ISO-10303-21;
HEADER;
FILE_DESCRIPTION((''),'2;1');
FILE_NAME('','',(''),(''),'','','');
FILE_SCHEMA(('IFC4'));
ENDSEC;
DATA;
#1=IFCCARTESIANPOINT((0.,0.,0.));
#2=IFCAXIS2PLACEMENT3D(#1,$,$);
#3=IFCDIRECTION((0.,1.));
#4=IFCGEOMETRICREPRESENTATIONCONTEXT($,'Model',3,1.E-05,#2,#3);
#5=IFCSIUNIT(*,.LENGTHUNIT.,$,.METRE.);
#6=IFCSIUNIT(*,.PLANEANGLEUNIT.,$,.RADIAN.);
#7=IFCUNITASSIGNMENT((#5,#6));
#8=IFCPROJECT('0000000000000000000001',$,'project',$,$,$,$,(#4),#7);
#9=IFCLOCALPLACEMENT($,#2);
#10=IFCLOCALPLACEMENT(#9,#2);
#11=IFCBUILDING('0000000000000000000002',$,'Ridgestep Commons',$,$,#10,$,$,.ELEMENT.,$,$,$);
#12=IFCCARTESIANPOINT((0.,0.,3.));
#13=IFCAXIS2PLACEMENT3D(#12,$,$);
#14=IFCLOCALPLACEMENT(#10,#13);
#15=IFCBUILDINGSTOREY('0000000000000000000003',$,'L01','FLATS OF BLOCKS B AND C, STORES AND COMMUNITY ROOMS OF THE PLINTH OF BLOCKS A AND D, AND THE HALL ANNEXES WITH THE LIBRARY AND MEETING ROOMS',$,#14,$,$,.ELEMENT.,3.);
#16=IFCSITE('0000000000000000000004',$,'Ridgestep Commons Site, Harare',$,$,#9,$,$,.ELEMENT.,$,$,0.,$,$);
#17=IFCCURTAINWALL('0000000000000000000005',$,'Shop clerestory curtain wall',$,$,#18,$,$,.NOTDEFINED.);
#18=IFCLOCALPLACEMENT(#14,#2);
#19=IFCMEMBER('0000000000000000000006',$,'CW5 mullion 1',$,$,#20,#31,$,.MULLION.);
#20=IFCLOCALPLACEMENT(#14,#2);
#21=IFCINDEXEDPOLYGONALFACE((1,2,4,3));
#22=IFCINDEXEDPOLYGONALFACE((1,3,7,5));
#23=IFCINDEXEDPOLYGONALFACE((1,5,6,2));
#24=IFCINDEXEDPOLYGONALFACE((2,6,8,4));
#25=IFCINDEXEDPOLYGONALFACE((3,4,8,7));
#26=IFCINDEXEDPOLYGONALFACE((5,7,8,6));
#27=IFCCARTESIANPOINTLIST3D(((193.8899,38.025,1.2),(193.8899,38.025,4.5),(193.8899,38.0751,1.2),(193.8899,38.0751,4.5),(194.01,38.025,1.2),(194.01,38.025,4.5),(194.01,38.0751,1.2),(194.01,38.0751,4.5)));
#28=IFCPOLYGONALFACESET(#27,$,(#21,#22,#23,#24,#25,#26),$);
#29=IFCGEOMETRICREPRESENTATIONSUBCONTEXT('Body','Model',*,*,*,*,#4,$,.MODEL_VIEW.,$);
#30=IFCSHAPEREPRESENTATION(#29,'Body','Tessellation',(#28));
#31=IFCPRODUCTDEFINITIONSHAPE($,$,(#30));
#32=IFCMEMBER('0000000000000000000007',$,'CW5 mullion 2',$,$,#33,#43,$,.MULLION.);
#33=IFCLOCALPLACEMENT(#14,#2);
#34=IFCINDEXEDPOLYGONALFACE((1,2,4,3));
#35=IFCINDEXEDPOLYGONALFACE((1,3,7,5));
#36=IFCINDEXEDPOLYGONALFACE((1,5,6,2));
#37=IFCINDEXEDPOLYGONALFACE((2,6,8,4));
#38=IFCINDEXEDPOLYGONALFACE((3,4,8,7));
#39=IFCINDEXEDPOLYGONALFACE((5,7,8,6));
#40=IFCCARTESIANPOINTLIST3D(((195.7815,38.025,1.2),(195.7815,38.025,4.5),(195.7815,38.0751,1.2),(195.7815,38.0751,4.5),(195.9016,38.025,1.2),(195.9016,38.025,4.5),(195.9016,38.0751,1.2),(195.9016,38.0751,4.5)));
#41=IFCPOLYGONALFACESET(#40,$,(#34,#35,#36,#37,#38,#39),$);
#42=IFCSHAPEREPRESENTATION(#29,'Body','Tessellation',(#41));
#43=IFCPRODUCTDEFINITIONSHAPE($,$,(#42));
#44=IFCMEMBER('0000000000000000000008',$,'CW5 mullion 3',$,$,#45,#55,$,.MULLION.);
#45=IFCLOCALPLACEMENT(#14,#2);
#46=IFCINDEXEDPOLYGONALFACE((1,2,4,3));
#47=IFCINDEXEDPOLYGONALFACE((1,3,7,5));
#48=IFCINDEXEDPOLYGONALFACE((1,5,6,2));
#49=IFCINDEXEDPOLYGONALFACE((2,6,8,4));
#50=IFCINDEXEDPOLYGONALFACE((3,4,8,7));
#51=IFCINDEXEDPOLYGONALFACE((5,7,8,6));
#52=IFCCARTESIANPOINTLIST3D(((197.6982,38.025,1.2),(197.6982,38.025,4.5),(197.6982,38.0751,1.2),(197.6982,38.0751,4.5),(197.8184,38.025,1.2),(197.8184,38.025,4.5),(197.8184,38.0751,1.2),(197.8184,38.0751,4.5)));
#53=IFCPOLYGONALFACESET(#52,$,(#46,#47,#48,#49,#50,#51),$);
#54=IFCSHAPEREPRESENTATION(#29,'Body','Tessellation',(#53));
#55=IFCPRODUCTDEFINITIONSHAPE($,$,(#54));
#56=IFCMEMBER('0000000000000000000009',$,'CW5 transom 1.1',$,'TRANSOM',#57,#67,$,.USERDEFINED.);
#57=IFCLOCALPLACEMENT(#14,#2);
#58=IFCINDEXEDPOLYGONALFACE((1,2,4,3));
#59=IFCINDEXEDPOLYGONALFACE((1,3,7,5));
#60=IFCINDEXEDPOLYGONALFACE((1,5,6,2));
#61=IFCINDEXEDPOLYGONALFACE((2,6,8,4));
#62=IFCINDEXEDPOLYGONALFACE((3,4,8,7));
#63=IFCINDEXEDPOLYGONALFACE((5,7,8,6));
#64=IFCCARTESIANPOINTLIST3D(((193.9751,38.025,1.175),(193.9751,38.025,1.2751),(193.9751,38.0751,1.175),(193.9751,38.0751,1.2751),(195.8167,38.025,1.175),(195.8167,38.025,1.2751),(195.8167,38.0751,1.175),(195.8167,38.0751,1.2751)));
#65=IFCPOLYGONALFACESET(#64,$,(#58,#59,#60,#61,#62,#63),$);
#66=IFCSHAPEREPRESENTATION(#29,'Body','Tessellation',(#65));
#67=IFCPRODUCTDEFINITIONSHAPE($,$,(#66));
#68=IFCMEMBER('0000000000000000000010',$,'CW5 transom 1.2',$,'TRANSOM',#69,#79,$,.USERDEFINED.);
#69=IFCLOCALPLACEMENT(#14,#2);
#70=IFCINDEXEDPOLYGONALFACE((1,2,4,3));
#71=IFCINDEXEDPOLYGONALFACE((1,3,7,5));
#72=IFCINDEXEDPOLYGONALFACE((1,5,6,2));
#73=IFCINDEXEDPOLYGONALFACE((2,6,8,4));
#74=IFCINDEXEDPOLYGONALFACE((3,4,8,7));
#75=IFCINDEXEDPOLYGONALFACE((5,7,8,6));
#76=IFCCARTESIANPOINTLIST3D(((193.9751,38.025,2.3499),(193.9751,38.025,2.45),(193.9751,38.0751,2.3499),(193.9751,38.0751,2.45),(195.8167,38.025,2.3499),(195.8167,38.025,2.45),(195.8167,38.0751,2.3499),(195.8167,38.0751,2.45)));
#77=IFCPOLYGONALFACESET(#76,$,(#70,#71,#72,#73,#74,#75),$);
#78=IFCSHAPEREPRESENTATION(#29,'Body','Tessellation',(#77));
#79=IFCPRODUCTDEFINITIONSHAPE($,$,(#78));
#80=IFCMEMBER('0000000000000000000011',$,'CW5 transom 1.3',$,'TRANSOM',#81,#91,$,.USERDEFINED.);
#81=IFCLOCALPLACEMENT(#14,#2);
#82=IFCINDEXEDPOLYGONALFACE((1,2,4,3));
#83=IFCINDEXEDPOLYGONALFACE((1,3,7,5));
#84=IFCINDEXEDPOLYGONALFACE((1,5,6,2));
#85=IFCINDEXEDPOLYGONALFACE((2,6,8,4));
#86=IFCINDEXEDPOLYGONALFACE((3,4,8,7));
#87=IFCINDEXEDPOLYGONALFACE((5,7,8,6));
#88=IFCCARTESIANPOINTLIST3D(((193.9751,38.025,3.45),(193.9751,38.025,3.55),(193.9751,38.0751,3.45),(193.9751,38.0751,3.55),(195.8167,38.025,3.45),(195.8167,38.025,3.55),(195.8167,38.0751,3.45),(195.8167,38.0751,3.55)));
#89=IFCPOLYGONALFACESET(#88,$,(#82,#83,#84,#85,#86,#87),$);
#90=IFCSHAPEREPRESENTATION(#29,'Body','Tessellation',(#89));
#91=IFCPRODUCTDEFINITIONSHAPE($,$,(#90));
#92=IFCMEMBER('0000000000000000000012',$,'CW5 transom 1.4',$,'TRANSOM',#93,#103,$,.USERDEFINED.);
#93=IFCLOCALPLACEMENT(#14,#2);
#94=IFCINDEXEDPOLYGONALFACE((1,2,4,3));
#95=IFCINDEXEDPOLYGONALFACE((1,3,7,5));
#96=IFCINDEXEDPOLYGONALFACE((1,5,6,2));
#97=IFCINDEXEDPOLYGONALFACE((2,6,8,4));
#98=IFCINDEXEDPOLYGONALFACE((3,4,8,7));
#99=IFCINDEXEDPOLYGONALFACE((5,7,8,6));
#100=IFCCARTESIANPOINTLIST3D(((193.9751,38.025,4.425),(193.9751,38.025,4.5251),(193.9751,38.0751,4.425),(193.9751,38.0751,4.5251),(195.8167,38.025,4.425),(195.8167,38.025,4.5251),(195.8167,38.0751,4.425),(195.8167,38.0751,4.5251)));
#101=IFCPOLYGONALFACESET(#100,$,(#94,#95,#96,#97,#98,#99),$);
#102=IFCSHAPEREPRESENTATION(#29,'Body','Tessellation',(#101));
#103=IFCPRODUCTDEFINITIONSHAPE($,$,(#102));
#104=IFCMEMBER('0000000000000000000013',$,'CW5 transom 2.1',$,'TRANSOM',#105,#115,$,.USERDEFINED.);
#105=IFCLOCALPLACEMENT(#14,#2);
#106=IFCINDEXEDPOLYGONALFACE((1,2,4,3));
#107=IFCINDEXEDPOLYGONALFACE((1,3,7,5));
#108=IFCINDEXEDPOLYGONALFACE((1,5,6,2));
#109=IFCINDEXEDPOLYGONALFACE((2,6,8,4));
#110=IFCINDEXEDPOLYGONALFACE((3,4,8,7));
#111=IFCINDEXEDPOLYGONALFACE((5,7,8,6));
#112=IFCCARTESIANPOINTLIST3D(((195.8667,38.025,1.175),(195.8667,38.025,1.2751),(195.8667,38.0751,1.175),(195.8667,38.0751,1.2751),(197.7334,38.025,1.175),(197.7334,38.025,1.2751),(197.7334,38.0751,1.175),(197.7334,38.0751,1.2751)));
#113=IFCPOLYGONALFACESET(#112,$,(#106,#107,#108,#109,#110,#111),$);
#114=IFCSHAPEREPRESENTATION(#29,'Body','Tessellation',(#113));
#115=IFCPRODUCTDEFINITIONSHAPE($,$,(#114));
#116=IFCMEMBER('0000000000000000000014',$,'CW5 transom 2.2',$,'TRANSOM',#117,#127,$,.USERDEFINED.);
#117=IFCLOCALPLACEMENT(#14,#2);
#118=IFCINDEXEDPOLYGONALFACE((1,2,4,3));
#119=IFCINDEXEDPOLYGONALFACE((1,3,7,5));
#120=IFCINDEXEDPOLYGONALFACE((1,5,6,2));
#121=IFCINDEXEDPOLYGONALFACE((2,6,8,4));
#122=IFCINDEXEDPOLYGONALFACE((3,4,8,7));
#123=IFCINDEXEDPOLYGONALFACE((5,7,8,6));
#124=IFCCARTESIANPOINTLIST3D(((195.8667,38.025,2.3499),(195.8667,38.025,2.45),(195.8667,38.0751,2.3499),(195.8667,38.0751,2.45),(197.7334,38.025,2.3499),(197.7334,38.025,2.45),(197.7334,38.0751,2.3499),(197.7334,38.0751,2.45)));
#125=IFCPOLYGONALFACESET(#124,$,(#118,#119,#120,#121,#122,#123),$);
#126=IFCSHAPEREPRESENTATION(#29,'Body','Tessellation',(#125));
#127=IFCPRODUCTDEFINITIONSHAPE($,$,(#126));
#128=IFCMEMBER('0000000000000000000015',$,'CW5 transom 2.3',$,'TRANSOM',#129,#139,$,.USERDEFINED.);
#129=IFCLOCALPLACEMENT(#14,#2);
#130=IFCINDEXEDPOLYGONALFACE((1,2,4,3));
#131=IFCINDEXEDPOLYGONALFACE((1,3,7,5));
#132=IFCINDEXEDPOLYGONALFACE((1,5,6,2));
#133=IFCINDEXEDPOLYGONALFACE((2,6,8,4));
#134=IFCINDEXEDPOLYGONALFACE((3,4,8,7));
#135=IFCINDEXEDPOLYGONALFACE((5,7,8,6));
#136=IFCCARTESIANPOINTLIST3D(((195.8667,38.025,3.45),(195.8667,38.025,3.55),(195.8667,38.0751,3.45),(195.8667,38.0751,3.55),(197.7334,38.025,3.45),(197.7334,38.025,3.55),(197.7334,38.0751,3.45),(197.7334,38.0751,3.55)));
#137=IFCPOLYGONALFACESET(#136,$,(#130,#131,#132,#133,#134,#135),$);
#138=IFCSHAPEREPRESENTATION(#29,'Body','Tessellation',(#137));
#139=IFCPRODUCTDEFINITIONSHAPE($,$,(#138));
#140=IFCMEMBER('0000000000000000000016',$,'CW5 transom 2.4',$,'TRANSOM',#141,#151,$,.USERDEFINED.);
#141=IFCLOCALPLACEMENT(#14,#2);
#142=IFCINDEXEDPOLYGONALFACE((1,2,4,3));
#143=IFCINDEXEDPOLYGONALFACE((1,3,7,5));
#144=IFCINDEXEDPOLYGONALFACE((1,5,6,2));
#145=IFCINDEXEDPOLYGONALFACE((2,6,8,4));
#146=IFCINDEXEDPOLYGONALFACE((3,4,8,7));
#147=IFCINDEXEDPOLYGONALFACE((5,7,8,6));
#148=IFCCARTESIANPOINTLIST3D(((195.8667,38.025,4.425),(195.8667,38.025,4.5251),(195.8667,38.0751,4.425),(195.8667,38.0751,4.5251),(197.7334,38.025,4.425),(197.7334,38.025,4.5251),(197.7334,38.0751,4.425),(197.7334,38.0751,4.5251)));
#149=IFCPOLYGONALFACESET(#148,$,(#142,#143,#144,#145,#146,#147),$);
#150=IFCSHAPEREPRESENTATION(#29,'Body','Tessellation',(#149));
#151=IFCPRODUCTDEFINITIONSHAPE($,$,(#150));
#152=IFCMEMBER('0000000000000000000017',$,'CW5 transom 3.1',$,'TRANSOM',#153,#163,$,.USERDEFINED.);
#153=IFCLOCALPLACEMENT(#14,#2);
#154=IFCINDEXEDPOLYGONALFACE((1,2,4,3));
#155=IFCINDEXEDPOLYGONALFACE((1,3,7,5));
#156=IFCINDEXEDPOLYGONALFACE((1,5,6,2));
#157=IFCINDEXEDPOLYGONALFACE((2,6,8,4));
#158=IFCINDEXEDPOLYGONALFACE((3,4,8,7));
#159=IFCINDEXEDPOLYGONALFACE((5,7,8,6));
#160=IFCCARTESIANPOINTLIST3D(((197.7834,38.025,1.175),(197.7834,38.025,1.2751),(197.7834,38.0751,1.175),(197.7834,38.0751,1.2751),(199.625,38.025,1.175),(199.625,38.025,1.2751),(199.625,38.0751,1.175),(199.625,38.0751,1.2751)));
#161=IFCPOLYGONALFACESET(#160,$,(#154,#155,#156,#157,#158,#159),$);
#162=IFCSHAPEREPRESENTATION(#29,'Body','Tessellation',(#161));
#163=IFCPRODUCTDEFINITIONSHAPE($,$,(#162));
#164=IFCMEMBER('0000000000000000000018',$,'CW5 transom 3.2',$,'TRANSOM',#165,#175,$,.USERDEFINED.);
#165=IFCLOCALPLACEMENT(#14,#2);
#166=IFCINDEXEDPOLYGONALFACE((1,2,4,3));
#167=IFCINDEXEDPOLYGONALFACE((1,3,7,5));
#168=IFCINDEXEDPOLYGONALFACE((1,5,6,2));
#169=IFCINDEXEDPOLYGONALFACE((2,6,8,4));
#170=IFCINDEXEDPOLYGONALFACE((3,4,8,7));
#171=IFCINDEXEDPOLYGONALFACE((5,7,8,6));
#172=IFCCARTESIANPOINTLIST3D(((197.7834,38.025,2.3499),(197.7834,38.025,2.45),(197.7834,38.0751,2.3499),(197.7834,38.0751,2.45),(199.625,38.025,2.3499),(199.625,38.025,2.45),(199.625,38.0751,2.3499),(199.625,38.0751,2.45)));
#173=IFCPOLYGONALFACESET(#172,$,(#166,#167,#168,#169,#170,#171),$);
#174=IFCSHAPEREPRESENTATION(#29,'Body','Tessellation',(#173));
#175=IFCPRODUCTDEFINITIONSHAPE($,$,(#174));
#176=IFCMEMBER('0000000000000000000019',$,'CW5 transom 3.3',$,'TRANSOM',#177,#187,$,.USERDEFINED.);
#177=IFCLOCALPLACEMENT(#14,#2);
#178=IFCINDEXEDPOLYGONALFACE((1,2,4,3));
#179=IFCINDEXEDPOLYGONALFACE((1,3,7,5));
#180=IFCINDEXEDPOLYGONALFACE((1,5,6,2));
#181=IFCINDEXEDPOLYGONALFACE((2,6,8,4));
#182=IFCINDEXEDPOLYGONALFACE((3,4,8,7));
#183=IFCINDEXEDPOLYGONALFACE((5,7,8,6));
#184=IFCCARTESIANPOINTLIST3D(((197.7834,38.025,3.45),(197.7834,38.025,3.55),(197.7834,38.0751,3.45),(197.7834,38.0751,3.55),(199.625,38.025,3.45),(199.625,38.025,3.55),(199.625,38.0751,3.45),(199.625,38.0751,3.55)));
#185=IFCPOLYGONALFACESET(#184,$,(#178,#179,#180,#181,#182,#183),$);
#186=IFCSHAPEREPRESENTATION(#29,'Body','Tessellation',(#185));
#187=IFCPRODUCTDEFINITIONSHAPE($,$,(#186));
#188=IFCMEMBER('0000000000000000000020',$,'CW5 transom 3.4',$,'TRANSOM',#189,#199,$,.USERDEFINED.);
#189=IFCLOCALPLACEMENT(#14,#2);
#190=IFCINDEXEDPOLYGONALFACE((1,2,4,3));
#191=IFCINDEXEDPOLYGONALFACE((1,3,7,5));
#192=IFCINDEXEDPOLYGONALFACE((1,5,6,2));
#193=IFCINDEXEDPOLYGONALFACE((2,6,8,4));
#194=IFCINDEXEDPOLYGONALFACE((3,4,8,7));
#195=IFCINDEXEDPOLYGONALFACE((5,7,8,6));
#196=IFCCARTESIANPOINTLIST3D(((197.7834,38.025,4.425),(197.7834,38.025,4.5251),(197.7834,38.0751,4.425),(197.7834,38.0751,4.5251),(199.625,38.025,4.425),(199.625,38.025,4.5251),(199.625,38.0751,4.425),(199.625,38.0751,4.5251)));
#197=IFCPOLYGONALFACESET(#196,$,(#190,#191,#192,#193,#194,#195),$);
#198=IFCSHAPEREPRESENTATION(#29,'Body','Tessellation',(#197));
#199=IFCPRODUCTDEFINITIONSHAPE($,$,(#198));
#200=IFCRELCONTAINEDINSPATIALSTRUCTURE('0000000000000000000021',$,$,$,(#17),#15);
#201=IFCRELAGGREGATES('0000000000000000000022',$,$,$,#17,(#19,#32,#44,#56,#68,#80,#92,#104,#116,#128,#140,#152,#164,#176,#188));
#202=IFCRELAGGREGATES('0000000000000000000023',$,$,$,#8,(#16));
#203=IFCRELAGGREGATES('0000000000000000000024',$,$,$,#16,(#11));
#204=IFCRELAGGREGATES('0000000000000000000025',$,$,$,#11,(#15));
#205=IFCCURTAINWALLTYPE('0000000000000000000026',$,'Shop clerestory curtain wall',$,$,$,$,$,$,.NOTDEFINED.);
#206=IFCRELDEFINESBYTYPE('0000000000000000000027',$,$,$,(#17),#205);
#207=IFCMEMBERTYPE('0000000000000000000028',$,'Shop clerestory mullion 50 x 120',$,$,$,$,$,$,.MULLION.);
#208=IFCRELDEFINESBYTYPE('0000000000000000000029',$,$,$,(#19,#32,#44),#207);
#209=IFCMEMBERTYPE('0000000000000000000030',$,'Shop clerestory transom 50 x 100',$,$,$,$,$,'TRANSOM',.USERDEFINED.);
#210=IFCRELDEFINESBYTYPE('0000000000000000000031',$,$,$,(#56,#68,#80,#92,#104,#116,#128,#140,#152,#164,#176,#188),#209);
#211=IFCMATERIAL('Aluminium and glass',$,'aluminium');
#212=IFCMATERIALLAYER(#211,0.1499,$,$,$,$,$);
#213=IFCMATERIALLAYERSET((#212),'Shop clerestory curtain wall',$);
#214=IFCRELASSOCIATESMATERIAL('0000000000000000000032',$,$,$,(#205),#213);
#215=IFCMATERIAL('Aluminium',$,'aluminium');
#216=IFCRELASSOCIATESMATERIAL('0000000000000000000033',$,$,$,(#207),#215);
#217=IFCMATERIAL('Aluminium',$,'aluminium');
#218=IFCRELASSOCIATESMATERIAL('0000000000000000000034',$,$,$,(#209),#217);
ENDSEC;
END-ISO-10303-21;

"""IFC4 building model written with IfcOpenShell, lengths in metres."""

from ifc_helpers import new_model, si_unit, direction, frame, origin, origin_2d, place, context, subcontext, project, spatial, rectangle, extrude, material, layer, layer_set, material_profile, profile_set, type_object, element, aggregate, save


model = new_model("IFC4")

# Units and contexts
model_context = context("Model", 3, precision=1e-05, world=origin(), true_north=direction((0.0, 1.0)))
body_context = subcontext(model_context, "Body", "Model", "MODEL_VIEW")
ifc_project = project(units=[si_unit("LENGTHUNIT", "METRE"), si_unit("PLANEANGLEUNIT", "RADIAN")], contexts=[model_context])

# Site, building, storey
site_placement = place(None, origin())
site = spatial("IfcSite", under=ifc_project, at=site_placement, Name="Ridgestep Commons Site, Harare", CompositionType="ELEMENT", RefElevation=0.0)
building_placement = place(site_placement, origin())
building = spatial("IfcBuilding", under=site, at=building_placement, Name="Ridgestep Commons", CompositionType="ELEMENT")
storey_placement = place(building_placement, frame((0.0, 0.0, 3.0)))
storey = spatial("IfcBuildingStorey", under=building, at=storey_placement, Name="L01", Description="FLATS OF BLOCKS B AND C, STORES AND COMMUNITY ROOMS OF THE PLINTH OF BLOCKS A AND D, AND THE HALL ANNEXES WITH THE LIBRARY AND MEETING ROOMS", CompositionType="ELEMENT", Elevation=3.0)

# Curtain wall, members
ifc_material_1 = material(Name="Aluminium and glass", Category="aluminium")
ifc_layer_1 = layer(ifc_material_1, 0.1499)
ifc_layer_set_1 = layer_set([ifc_layer_1], Name="Shop clerestory curtain wall")
curtain_wall_type = type_object("IfcCurtainWallType", Name="Shop clerestory curtain wall", PredefinedType="NOTDEFINED", material=ifc_layer_set_1)
curtain_wall_placement = place(storey_placement, origin())
curtain_wall = element("IfcCurtainWall", 1, at=curtain_wall_placement, inside=storey, type_object=curtain_wall_type, Name="Shop clerestory curtain wall", PredefinedType="NOTDEFINED")
ifc_material_2 = material(Name="Aluminium", Category="aluminium")
ifc_material_profile_1 = material_profile(ifc_material_2, rectangle(XDim=0.05, YDim=0.1201, at=origin_2d()), Name="Shop clerestory mullion 50 x 120")
ifc_profile_set_1 = profile_set([ifc_material_profile_1], Name="Aluminium")
member_type_1 = type_object("IfcMemberType", Name="Shop clerestory mullion 50 x 120", PredefinedType="MULLION", material=ifc_profile_set_1)
member_1_placement = place(storey_placement, frame((193.95, 38.05, 1.2), z_axis=(0.0, 0.0, 1.0), x_axis=(0.0, 1.0, 0.0)))
member_1 = element("IfcMember", 2, at=member_1_placement, type_object=member_type_1, Name="CW5 mullion 1", PredefinedType="MULLION", context=body_context, shape_type="SweptSolid", body=[
    extrude(rectangle(XDim=0.05, YDim=0.1201, at=origin_2d()), origin(), (0.0, 0.0, 1.0), 3.3),
])
member_2_placement = place(storey_placement, frame((195.8416, 38.05, 1.2), z_axis=(0.0, 0.0, 1.0), x_axis=(0.0, 1.0, 0.0)))
member_2 = element("IfcMember", 3, at=member_2_placement, type_object=member_type_1, Name="CW5 mullion 2", PredefinedType="MULLION", context=body_context, shape_type="SweptSolid", body=[
    extrude(rectangle(XDim=0.05, YDim=0.1201, at=origin_2d()), origin(), (0.0, 0.0, 1.0), 3.3),
])
member_3_placement = place(storey_placement, frame((197.7583, 38.05, 1.2), z_axis=(0.0, 0.0, 1.0), x_axis=(0.0, 1.0, 0.0)))
member_3 = element("IfcMember", 4, at=member_3_placement, type_object=member_type_1, Name="CW5 mullion 3", PredefinedType="MULLION", context=body_context, shape_type="SweptSolid", body=[
    extrude(rectangle(XDim=0.05, YDim=0.1201, at=origin_2d()), origin(), (0.0, 0.0, 1.0), 3.3),
])
ifc_material_3 = material(Name="Aluminium", Category="aluminium")
ifc_material_profile_2 = material_profile(ifc_material_3, rectangle(XDim=0.05, YDim=0.1001, at=origin_2d()), Name="Shop clerestory transom 50 x 100")
ifc_profile_set_2 = profile_set([ifc_material_profile_2], Name="Aluminium")
member_type_2 = type_object("IfcMemberType", Name="Shop clerestory transom 50 x 100", ElementType="TRANSOM", PredefinedType="USERDEFINED", material=ifc_profile_set_2)
member_4_placement = place(storey_placement, frame((193.9751, 38.05, 1.2251), z_axis=(1.0, 0.0, 0.0), x_axis=(0.0, 1.0, 0.0)))
member_4 = element("IfcMember", 5, at=member_4_placement, type_object=member_type_2, Name="CW5 transom 1.1", ObjectType="TRANSOM", PredefinedType="USERDEFINED", context=body_context, shape_type="SweptSolid", body=[
    extrude(rectangle(XDim=0.05, YDim=0.1001, at=origin_2d()), origin(), (0.0, 0.0, 1.0), 1.8416),
])
member_5_placement = place(storey_placement, frame((193.9751, 38.05, 2.3999), z_axis=(1.0, 0.0, 0.0), x_axis=(0.0, 1.0, 0.0)))
member_5 = element("IfcMember", 6, at=member_5_placement, type_object=member_type_2, Name="CW5 transom 1.2", ObjectType="TRANSOM", PredefinedType="USERDEFINED", context=body_context, shape_type="SweptSolid", body=[
    extrude(rectangle(XDim=0.05, YDim=0.1001, at=origin_2d()), origin(), (0.0, 0.0, 1.0), 1.8416),
])
member_6_placement = place(storey_placement, frame((193.9751, 38.05, 3.5), z_axis=(1.0, 0.0, 0.0), x_axis=(0.0, 1.0, 0.0)))
member_6 = element("IfcMember", 7, at=member_6_placement, type_object=member_type_2, Name="CW5 transom 1.3", ObjectType="TRANSOM", PredefinedType="USERDEFINED", context=body_context, shape_type="SweptSolid", body=[
    extrude(rectangle(XDim=0.05, YDim=0.1001, at=origin_2d()), origin(), (0.0, 0.0, 1.0), 1.8416),
])
member_7_placement = place(storey_placement, frame((193.9751, 38.05, 4.4751), z_axis=(1.0, 0.0, 0.0), x_axis=(0.0, 1.0, 0.0)))
member_7 = element("IfcMember", 8, at=member_7_placement, type_object=member_type_2, Name="CW5 transom 1.4", ObjectType="TRANSOM", PredefinedType="USERDEFINED", context=body_context, shape_type="SweptSolid", body=[
    extrude(rectangle(XDim=0.05, YDim=0.1001, at=origin_2d()), origin(), (0.0, 0.0, 1.0), 1.8416),
])
member_8_placement = place(storey_placement, frame((195.8667, 38.05, 1.2251), z_axis=(1.0, 0.0, 0.0), x_axis=(0.0, 1.0, 0.0)))
member_8 = element("IfcMember", 9, at=member_8_placement, type_object=member_type_2, Name="CW5 transom 2.1", ObjectType="TRANSOM", PredefinedType="USERDEFINED", context=body_context, shape_type="SweptSolid", body=[
    extrude(rectangle(XDim=0.05, YDim=0.1001, at=origin_2d()), origin(), (0.0, 0.0, 1.0), 1.8667),
])
member_9_placement = place(storey_placement, frame((195.8667, 38.05, 2.3999), z_axis=(1.0, 0.0, 0.0), x_axis=(0.0, 1.0, 0.0)))
member_9 = element("IfcMember", 10, at=member_9_placement, type_object=member_type_2, Name="CW5 transom 2.2", ObjectType="TRANSOM", PredefinedType="USERDEFINED", context=body_context, shape_type="SweptSolid", body=[
    extrude(rectangle(XDim=0.05, YDim=0.1001, at=origin_2d()), origin(), (0.0, 0.0, 1.0), 1.8667),
])
member_10_placement = place(storey_placement, frame((195.8667, 38.05, 3.5), z_axis=(1.0, 0.0, 0.0), x_axis=(0.0, 1.0, 0.0)))
member_10 = element("IfcMember", 11, at=member_10_placement, type_object=member_type_2, Name="CW5 transom 2.3", ObjectType="TRANSOM", PredefinedType="USERDEFINED", context=body_context, shape_type="SweptSolid", body=[
    extrude(rectangle(XDim=0.05, YDim=0.1001, at=origin_2d()), origin(), (0.0, 0.0, 1.0), 1.8667),
])
member_11_placement = place(storey_placement, frame((195.8667, 38.05, 4.4751), z_axis=(1.0, 0.0, 0.0), x_axis=(0.0, 1.0, 0.0)))
member_11 = element("IfcMember", 12, at=member_11_placement, type_object=member_type_2, Name="CW5 transom 2.4", ObjectType="TRANSOM", PredefinedType="USERDEFINED", context=body_context, shape_type="SweptSolid", body=[
    extrude(rectangle(XDim=0.05, YDim=0.1001, at=origin_2d()), origin(), (0.0, 0.0, 1.0), 1.8667),
])
member_12_placement = place(storey_placement, frame((197.7834, 38.05, 1.2251), z_axis=(1.0, 0.0, 0.0), x_axis=(0.0, 1.0, 0.0)))
member_12 = element("IfcMember", 13, at=member_12_placement, type_object=member_type_2, Name="CW5 transom 3.1", ObjectType="TRANSOM", PredefinedType="USERDEFINED", context=body_context, shape_type="SweptSolid", body=[
    extrude(rectangle(XDim=0.05, YDim=0.1001, at=origin_2d()), origin(), (0.0, 0.0, 1.0), 1.8416),
])
member_13_placement = place(storey_placement, frame((197.7834, 38.05, 2.3999), z_axis=(1.0, 0.0, 0.0), x_axis=(0.0, 1.0, 0.0)))
member_13 = element("IfcMember", 14, at=member_13_placement, type_object=member_type_2, Name="CW5 transom 3.2", ObjectType="TRANSOM", PredefinedType="USERDEFINED", context=body_context, shape_type="SweptSolid", body=[
    extrude(rectangle(XDim=0.05, YDim=0.1001, at=origin_2d()), origin(), (0.0, 0.0, 1.0), 1.8416),
])
member_14_placement = place(storey_placement, frame((197.7834, 38.05, 3.5), z_axis=(1.0, 0.0, 0.0), x_axis=(0.0, 1.0, 0.0)))
member_14 = element("IfcMember", 15, at=member_14_placement, type_object=member_type_2, Name="CW5 transom 3.3", ObjectType="TRANSOM", PredefinedType="USERDEFINED", context=body_context, shape_type="SweptSolid", body=[
    extrude(rectangle(XDim=0.05, YDim=0.1001, at=origin_2d()), origin(), (0.0, 0.0, 1.0), 1.8416),
])
member_15_placement = place(storey_placement, frame((197.7834, 38.05, 4.4751), z_axis=(1.0, 0.0, 0.0), x_axis=(0.0, 1.0, 0.0)))
member_15 = element("IfcMember", 16, at=member_15_placement, type_object=member_type_2, Name="CW5 transom 3.4", ObjectType="TRANSOM", PredefinedType="USERDEFINED", context=body_context, shape_type="SweptSolid", body=[
    extrude(rectangle(XDim=0.05, YDim=0.1001, at=origin_2d()), origin(), (0.0, 0.0, 1.0), 1.8416),
])
aggregate(curtain_wall, [member_1, member_2, member_3, member_4, member_5, member_6, member_7, member_8, member_9, member_10, member_11, member_12, member_13, member_14, member_15])

save(model, "model.ifc")
